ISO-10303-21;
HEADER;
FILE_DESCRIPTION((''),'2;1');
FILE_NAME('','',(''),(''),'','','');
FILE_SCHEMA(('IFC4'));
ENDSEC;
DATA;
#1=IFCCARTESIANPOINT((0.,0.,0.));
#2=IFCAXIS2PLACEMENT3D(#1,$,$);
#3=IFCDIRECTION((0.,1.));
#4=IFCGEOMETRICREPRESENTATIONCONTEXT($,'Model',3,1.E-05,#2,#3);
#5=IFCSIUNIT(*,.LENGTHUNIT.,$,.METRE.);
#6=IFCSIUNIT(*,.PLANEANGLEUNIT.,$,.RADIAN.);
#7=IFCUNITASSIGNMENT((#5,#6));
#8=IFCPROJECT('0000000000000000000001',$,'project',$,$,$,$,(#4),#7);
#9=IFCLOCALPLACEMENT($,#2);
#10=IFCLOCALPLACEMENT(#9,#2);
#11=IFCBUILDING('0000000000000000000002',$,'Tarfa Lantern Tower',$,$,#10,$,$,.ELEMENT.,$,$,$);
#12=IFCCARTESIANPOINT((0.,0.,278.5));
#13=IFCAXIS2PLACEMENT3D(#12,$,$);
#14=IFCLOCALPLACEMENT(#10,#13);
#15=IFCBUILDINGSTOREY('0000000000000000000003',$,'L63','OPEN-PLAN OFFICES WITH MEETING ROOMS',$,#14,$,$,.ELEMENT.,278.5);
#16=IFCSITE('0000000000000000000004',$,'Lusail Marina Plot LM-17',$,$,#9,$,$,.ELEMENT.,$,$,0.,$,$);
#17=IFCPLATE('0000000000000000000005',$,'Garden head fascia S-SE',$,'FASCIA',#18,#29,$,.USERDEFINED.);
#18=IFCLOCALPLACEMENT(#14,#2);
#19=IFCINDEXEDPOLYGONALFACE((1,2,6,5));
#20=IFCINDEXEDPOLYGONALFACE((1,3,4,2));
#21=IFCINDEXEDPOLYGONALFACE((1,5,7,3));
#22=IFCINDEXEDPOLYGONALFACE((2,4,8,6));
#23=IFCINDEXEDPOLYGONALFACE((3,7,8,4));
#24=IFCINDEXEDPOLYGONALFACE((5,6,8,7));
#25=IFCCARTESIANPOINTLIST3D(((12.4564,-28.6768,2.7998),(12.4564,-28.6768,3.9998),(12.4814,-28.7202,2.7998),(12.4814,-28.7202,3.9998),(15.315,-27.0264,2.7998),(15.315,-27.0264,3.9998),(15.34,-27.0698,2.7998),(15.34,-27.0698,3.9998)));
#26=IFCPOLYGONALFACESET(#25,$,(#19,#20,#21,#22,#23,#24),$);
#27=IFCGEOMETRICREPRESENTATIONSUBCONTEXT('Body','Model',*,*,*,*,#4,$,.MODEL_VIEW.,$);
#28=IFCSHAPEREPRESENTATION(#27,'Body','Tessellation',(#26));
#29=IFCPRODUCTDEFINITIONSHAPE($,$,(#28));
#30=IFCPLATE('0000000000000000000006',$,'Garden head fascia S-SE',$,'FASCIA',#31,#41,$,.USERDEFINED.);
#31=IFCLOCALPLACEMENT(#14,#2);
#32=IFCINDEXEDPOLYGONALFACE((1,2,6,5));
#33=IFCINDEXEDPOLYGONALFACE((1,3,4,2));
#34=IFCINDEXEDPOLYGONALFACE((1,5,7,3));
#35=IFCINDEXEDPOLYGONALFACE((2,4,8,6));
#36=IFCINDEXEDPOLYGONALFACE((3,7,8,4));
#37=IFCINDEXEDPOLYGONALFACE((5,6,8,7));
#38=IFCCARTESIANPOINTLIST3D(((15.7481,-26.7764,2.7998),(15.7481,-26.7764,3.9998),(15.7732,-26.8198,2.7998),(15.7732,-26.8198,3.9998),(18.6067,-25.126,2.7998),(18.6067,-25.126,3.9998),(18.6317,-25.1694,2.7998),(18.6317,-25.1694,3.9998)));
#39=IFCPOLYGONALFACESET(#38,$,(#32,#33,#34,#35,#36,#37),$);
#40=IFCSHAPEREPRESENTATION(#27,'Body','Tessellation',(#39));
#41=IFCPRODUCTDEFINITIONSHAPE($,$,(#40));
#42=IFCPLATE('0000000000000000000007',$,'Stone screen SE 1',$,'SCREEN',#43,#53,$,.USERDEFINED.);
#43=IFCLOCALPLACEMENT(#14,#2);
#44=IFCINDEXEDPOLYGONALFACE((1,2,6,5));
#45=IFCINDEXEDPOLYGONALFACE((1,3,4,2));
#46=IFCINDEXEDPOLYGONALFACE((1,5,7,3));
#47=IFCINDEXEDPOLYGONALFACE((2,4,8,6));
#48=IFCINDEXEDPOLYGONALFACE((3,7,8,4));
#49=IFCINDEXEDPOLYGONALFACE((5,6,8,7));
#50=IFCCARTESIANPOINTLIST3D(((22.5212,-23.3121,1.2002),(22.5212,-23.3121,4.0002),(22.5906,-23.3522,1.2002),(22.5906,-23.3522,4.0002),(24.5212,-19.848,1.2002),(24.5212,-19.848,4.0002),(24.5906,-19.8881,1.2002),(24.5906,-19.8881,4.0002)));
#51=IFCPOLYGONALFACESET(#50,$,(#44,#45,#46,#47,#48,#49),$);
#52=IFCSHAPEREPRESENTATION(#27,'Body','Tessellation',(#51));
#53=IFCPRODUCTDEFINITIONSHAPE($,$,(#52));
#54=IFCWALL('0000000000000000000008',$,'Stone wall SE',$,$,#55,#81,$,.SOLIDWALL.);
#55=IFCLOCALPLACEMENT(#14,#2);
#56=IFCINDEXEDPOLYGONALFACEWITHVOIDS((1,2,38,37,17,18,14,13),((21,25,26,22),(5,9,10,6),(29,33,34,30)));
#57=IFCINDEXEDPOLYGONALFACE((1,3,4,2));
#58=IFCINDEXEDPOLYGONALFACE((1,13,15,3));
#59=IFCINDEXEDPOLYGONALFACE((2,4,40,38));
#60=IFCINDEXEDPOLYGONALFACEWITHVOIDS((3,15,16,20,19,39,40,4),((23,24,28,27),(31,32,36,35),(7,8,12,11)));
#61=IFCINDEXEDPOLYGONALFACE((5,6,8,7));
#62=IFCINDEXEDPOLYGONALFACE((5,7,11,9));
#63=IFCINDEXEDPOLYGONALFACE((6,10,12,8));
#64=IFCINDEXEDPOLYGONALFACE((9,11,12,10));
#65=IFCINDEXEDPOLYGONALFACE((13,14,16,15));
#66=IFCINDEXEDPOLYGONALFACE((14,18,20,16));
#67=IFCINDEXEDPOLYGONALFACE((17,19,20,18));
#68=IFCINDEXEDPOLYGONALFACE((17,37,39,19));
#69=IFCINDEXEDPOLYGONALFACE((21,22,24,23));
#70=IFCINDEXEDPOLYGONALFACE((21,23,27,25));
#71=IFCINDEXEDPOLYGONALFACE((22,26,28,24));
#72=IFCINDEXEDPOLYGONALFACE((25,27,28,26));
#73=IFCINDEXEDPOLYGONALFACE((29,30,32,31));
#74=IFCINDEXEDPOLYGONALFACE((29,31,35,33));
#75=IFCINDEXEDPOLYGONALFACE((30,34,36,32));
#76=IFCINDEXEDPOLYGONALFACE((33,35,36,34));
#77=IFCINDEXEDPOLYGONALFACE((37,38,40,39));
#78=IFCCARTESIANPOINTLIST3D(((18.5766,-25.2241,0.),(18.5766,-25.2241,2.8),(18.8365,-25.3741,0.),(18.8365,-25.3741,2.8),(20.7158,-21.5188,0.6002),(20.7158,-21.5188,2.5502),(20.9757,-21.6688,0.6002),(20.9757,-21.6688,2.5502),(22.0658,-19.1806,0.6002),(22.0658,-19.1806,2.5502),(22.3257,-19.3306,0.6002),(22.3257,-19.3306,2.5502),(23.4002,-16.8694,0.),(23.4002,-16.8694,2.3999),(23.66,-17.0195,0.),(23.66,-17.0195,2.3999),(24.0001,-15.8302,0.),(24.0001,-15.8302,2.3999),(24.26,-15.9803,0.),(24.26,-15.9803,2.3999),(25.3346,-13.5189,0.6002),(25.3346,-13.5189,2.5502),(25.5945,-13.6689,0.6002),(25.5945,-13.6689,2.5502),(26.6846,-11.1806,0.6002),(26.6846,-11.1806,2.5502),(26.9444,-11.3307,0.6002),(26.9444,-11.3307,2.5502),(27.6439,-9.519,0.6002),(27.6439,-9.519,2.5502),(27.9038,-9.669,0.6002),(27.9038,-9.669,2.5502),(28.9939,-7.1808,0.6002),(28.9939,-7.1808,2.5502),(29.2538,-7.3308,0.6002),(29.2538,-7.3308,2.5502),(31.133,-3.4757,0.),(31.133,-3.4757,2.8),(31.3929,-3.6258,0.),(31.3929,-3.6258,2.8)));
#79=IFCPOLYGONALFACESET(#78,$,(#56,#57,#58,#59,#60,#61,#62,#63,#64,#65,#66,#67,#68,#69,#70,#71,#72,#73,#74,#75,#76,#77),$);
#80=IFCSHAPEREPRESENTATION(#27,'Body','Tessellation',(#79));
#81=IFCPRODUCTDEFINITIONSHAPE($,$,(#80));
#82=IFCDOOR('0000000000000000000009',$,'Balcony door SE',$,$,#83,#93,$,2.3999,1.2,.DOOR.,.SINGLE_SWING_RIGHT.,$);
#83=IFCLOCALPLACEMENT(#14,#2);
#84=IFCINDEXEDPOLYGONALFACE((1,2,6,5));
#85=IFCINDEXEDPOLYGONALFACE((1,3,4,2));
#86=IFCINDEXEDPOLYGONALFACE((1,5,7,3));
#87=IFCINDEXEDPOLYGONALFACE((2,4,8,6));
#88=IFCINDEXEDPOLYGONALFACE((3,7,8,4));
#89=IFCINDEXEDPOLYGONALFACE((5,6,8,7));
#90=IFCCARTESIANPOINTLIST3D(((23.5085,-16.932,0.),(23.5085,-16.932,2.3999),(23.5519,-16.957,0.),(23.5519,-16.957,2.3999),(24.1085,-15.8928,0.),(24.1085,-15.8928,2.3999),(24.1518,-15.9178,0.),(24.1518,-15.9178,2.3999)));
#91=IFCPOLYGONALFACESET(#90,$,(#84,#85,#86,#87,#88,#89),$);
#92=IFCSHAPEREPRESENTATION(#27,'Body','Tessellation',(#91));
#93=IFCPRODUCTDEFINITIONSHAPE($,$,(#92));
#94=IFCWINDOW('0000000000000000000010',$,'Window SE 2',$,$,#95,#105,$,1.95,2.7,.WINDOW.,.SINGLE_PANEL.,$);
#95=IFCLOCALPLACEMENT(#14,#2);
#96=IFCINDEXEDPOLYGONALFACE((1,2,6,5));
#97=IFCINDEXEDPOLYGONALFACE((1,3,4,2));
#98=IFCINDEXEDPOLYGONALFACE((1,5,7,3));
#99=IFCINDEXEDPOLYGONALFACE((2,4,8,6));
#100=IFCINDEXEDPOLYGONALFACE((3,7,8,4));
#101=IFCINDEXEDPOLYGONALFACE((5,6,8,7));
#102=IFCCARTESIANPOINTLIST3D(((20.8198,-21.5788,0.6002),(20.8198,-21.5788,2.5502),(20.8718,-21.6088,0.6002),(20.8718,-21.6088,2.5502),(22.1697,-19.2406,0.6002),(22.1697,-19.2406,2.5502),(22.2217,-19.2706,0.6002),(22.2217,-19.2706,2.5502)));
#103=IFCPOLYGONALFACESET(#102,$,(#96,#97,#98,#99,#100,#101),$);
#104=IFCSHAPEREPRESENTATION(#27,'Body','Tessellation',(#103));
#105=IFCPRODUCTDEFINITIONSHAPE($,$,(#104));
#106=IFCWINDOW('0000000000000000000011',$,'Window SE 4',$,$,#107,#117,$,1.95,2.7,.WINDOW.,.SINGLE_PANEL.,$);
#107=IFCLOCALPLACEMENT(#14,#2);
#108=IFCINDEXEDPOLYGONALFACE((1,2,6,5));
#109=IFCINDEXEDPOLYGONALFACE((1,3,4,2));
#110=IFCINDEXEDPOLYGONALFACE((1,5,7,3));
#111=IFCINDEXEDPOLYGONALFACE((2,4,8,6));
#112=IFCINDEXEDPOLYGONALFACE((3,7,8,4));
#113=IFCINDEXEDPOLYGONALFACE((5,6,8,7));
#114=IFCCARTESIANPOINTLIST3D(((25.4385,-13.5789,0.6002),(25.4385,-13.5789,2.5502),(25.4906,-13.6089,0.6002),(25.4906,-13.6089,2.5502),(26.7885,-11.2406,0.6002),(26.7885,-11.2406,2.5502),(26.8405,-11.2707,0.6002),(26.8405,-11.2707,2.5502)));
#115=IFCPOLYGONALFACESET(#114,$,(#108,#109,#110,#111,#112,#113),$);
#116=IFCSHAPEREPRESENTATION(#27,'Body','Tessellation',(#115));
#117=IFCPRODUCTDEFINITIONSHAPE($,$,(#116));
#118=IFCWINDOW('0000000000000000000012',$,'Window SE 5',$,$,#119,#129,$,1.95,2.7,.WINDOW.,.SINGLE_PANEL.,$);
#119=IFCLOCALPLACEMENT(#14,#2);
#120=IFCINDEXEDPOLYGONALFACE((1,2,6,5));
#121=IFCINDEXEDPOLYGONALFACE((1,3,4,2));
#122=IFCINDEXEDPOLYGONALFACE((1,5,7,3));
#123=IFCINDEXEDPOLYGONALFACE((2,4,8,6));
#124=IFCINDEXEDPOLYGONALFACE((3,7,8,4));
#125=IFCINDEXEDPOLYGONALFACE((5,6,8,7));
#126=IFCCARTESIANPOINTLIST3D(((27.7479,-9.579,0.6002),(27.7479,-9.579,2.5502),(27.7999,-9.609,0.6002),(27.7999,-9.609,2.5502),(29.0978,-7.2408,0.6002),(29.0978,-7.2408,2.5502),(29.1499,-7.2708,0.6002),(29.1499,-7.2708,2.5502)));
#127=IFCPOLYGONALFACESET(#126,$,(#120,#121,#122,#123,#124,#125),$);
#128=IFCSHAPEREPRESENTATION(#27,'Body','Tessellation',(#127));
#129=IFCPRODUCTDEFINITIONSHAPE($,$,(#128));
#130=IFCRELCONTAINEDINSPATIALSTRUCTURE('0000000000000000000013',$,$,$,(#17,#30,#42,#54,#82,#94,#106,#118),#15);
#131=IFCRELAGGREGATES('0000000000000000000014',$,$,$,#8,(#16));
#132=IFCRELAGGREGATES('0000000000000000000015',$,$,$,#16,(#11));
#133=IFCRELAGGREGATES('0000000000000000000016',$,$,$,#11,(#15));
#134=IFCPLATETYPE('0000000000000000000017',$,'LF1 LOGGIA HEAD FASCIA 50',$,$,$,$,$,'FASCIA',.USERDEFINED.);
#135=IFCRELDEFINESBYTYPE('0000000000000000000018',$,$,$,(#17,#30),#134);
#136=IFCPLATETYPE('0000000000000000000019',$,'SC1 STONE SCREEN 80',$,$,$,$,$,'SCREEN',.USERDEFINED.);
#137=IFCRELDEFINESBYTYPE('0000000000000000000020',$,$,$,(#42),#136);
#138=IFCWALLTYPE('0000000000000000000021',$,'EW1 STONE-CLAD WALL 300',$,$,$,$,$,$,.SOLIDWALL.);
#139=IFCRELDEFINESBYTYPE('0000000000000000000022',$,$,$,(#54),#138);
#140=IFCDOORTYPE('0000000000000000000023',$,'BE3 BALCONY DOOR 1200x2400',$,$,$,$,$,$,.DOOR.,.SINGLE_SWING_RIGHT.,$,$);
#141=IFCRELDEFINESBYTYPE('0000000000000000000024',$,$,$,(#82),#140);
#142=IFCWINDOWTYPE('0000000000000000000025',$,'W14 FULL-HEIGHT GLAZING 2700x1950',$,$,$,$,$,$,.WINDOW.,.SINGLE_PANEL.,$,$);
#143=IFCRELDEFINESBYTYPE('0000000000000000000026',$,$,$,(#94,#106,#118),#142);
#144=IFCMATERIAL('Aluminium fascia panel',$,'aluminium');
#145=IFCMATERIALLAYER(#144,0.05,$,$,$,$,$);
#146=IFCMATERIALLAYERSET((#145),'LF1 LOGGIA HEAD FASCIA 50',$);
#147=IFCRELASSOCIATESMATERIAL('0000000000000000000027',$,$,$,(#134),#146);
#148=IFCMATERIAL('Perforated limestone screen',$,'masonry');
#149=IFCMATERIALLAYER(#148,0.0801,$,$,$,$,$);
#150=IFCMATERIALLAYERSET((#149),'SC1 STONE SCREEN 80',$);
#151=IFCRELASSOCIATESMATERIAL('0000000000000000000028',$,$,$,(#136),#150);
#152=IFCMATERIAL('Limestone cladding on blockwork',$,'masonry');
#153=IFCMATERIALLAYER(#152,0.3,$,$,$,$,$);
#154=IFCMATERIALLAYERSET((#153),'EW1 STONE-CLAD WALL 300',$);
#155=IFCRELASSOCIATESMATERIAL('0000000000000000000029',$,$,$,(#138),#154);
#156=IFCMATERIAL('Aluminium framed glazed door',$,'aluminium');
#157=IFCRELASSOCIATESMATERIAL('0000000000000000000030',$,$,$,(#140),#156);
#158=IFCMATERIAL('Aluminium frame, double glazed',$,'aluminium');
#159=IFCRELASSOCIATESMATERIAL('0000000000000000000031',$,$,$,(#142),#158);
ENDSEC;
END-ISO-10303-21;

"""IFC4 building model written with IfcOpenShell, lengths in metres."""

from ifc_helpers import new_model, si_unit, direction, frame, frame_2d, origin, origin_2d, place, context, subcontext, project, spatial, rectangle, extrude, material, layer, layer_set, type_object, element, fill, save


model = new_model("IFC4")

# Units and contexts
model_context = context("Model", 3, precision=1e-05, world=origin(), true_north=direction((0.0, 1.0)))
body_context = subcontext(model_context, "Body", "Model", "MODEL_VIEW")
ifc_project = project(units=[si_unit("LENGTHUNIT", "METRE"), si_unit("PLANEANGLEUNIT", "RADIAN")], contexts=[model_context])

# Site, building, storey
site_placement = place(None, origin())
site = spatial("IfcSite", under=ifc_project, at=site_placement, Name="Lusail Marina Plot LM-17", CompositionType="ELEMENT", RefElevation=0.0)
building_placement = place(site_placement, origin())
building = spatial("IfcBuilding", under=site, at=building_placement, Name="Tarfa Lantern Tower", CompositionType="ELEMENT")
storey_placement = place(building_placement, frame((0.0, 0.0, 278.5)))
storey = spatial("IfcBuildingStorey", under=building, at=storey_placement, Name="L63", Description="OPEN-PLAN OFFICES WITH MEETING ROOMS", CompositionType="ELEMENT", Elevation=278.5)

# Plates
ifc_material_1 = material(Name="Aluminium fascia panel", Category="aluminium")
ifc_layer_1 = layer(ifc_material_1, 0.05)
ifc_layer_set_1 = layer_set([ifc_layer_1], Name="LF1 LOGGIA HEAD FASCIA 50")
plate_type_1 = type_object("IfcPlateType", Name="LF1 LOGGIA HEAD FASCIA 50", ElementType="FASCIA", PredefinedType="USERDEFINED", material=ifc_layer_set_1)
for number, where, z_axis, x_axis, name in (
    (1, (13.8982, -27.8733, 2.7998), (0.0, 0.0, 1.0), (0.866025, 0.5, 0.0), "Garden head fascia S-SE"),
    (2, (17.1899, -25.9729, 2.7998), (0.0, 0.0, 1.0), (0.866025, 0.5, 0.0), "Garden head fascia S-SE"),
):
    element("IfcPlate", number, at=place(storey_placement, frame(where, z_axis=z_axis, x_axis=x_axis)), inside=storey, type_object=plate_type_1, Name=name, ObjectType="FASCIA", PredefinedType="USERDEFINED", context=body_context, shape_type="SweptSolid", body=[
        extrude(rectangle(XDim=3.3008, YDim=0.05, at=origin_2d()), origin(), (0.0, 0.0, 1.0), 1.2),
    ])
ifc_material_2 = material(Name="Perforated limestone screen", Category="masonry")
ifc_layer_2 = layer(ifc_material_2, 0.0801)
ifc_layer_set_2 = layer_set([ifc_layer_2], Name="SC1 STONE SCREEN 80")
plate_type_2 = type_object("IfcPlateType", Name="SC1 STONE SCREEN 80", ElementType="SCREEN", PredefinedType="USERDEFINED", material=ifc_layer_set_2)
plate_placement = place(storey_placement, frame((23.5559, -21.6001, 1.2002), z_axis=(0.0, 0.0, 1.0), x_axis=(0.5, 0.866025, 0.0)))
element("IfcPlate", 3, at=plate_placement, inside=storey, type_object=plate_type_2, Name="Stone screen SE 1", ObjectType="SCREEN", PredefinedType="USERDEFINED", context=body_context, shape_type="SweptSolid", body=[
    extrude(rectangle(XDim=4.0, YDim=0.0801, at=origin_2d()), origin(), (0.0, 0.0, 1.0), 2.8),
])

# Wall, openings, door, windows
ifc_material_3 = material(Name="Limestone cladding on blockwork", Category="masonry")
ifc_layer_3 = layer(ifc_material_3, 0.3)
ifc_layer_set_3 = layer_set([ifc_layer_3], Name="EW1 STONE-CLAD WALL 300")
wall_type_1 = type_object("IfcWallType", Name="EW1 STONE-CLAD WALL 300", PredefinedType="SOLIDWALL", material=ifc_layer_set_3)
wall_1_placement = place(storey_placement, frame((18.7065, -25.2991, 0.0), z_axis=(0.0, 0.0, 1.0), x_axis=(0.5, 0.866025, 0.0)))
wall_1 = element("IfcWall", 4, at=wall_1_placement, inside=storey, type_object=wall_type_1, Name="Stone wall SE", PredefinedType="SOLIDWALL", context=body_context, shape_type="SweptSolid", body=[
    extrude(rectangle(XDim=25.1128, YDim=0.3, at=frame_2d((12.5564, 0.0))), origin(), (0.0, 0.0, 1.0), 2.8),
])
opening_1_placement = place(wall_1_placement, frame((4.2783, 0.0, 0.6001)))
opening_1 = element("IfcOpeningElement", 5, at=opening_1_placement, cuts=wall_1, PredefinedType="OPENING", context=body_context, shape_type="SweptSolid", body=[
    extrude(rectangle(XDim=2.7, YDim=1.95, at=frame_2d((1.3501, 0.9751))), frame((0.0, 0.1599, 0.0), z_axis=(0.0, -1.0, 0.0), x_axis=(1.0, 0.0, 0.0)), (0.0, 0.0, 1.0), 0.3201),
])
opening_2_placement = place(wall_1_placement, frame((9.647, 0.0, 0.0)))
opening_2 = element("IfcOpeningElement", 6, at=opening_2_placement, cuts=wall_1, PredefinedType="OPENING", context=body_context, shape_type="SweptSolid", body=[
    extrude(rectangle(XDim=1.2, YDim=2.3999, at=frame_2d((0.6001, 1.2))), frame((0.0, 0.1599, 0.0), z_axis=(0.0, -1.0, 0.0), x_axis=(1.0, 0.0, 0.0)), (0.0, 0.0, 1.0), 0.3201),
])
opening_3_placement = place(wall_1_placement, frame((13.5159, 0.0, 0.6001)))
opening_3 = element("IfcOpeningElement", 7, at=opening_3_placement, cuts=wall_1, PredefinedType="OPENING", context=body_context, shape_type="SweptSolid", body=[
    extrude(rectangle(XDim=2.7, YDim=1.95, at=frame_2d((1.3501, 0.9751))), frame((0.0, 0.1599, 0.0), z_axis=(0.0, -1.0, 0.0), x_axis=(1.0, 0.0, 0.0)), (0.0, 0.0, 1.0), 0.3201),
])
opening_4_placement = place(wall_1_placement, frame((18.1345, 0.0, 0.6001)))
opening_4 = element("IfcOpeningElement", 8, at=opening_4_placement, cuts=wall_1, PredefinedType="OPENING", context=body_context, shape_type="SweptSolid", body=[
    extrude(rectangle(XDim=2.7, YDim=1.95, at=frame_2d((1.3501, 0.9751))), frame((0.0, 0.1599, 0.0), z_axis=(0.0, -1.0, 0.0), x_axis=(1.0, 0.0, 0.0)), (0.0, 0.0, 1.0), 0.3201),
])
ifc_material_4 = material(Name="Aluminium framed glazed door", Category="aluminium")
door_type_1 = type_object("IfcDoorType", Name="BE3 BALCONY DOOR 1200x2400", OperationType="SINGLE_SWING_RIGHT", PredefinedType="DOOR", material=ifc_material_4)
door_1_placement = place(opening_2_placement, origin())
door_1 = element("IfcDoor", 9, at=door_1_placement, inside=storey, type_object=door_type_1, Name="Balcony door SE", OperationType="SINGLE_SWING_RIGHT", OverallHeight=2.3999, OverallWidth=1.2, PredefinedType="DOOR", context=body_context, shape_type="SweptSolid", body=[
    extrude(rectangle(XDim=1.2, YDim=2.3999, at=frame_2d((0.6001, 1.2))), frame((0.0, 0.0249, 0.0), z_axis=(0.0, -1.0, 0.0), x_axis=(1.0, 0.0, 0.0)), (0.0, 0.0, 1.0), 0.05),
])
fill(opening_2, door_1)
ifc_material_5 = material(Name="Aluminium frame, double glazed", Category="aluminium")
window_type = type_object("IfcWindowType", Name="W14 FULL-HEIGHT GLAZING 2700x1950", PartitioningType="SINGLE_PANEL", PredefinedType="WINDOW", material=ifc_material_5)
window_1_placement = place(opening_1_placement, origin())
window_1 = element("IfcWindow", 10, at=window_1_placement, inside=storey, type_object=window_type, Name="Window SE 2", OverallHeight=1.95, OverallWidth=2.7, PartitioningType="SINGLE_PANEL", PredefinedType="WINDOW", context=body_context, shape_type="SweptSolid", body=[
    extrude(rectangle(XDim=2.7, YDim=1.95, at=frame_2d((1.3501, 0.9751))), frame((0.0, 0.03, 0.0), z_axis=(0.0, -1.0, 0.0), x_axis=(1.0, 0.0, 0.0)), (0.0, 0.0, 1.0), 0.0601),
])
fill(opening_1, window_1)
window_2_placement = place(opening_3_placement, origin())
window_2 = element("IfcWindow", 11, at=window_2_placement, inside=storey, type_object=window_type, Name="Window SE 4", OverallHeight=1.95, OverallWidth=2.7, PartitioningType="SINGLE_PANEL", PredefinedType="WINDOW", context=body_context, shape_type="SweptSolid", body=[
    extrude(rectangle(XDim=2.7, YDim=1.95, at=frame_2d((1.3501, 0.9751))), frame((0.0, 0.03, 0.0), z_axis=(0.0, -1.0, 0.0), x_axis=(1.0, 0.0, 0.0)), (0.0, 0.0, 1.0), 0.0601),
])
fill(opening_3, window_2)
window_3_placement = place(opening_4_placement, origin())
window_3 = element("IfcWindow", 12, at=window_3_placement, inside=storey, type_object=window_type, Name="Window SE 5", OverallHeight=1.95, OverallWidth=2.7, PartitioningType="SINGLE_PANEL", PredefinedType="WINDOW", context=body_context, shape_type="SweptSolid", body=[
    extrude(rectangle(XDim=2.7, YDim=1.95, at=frame_2d((1.3501, 0.9751))), frame((0.0, 0.03, 0.0), z_axis=(0.0, -1.0, 0.0), x_axis=(1.0, 0.0, 0.0)), (0.0, 0.0, 1.0), 0.0601),
])
fill(opening_4, window_3)

save(model, "model.ifc")
